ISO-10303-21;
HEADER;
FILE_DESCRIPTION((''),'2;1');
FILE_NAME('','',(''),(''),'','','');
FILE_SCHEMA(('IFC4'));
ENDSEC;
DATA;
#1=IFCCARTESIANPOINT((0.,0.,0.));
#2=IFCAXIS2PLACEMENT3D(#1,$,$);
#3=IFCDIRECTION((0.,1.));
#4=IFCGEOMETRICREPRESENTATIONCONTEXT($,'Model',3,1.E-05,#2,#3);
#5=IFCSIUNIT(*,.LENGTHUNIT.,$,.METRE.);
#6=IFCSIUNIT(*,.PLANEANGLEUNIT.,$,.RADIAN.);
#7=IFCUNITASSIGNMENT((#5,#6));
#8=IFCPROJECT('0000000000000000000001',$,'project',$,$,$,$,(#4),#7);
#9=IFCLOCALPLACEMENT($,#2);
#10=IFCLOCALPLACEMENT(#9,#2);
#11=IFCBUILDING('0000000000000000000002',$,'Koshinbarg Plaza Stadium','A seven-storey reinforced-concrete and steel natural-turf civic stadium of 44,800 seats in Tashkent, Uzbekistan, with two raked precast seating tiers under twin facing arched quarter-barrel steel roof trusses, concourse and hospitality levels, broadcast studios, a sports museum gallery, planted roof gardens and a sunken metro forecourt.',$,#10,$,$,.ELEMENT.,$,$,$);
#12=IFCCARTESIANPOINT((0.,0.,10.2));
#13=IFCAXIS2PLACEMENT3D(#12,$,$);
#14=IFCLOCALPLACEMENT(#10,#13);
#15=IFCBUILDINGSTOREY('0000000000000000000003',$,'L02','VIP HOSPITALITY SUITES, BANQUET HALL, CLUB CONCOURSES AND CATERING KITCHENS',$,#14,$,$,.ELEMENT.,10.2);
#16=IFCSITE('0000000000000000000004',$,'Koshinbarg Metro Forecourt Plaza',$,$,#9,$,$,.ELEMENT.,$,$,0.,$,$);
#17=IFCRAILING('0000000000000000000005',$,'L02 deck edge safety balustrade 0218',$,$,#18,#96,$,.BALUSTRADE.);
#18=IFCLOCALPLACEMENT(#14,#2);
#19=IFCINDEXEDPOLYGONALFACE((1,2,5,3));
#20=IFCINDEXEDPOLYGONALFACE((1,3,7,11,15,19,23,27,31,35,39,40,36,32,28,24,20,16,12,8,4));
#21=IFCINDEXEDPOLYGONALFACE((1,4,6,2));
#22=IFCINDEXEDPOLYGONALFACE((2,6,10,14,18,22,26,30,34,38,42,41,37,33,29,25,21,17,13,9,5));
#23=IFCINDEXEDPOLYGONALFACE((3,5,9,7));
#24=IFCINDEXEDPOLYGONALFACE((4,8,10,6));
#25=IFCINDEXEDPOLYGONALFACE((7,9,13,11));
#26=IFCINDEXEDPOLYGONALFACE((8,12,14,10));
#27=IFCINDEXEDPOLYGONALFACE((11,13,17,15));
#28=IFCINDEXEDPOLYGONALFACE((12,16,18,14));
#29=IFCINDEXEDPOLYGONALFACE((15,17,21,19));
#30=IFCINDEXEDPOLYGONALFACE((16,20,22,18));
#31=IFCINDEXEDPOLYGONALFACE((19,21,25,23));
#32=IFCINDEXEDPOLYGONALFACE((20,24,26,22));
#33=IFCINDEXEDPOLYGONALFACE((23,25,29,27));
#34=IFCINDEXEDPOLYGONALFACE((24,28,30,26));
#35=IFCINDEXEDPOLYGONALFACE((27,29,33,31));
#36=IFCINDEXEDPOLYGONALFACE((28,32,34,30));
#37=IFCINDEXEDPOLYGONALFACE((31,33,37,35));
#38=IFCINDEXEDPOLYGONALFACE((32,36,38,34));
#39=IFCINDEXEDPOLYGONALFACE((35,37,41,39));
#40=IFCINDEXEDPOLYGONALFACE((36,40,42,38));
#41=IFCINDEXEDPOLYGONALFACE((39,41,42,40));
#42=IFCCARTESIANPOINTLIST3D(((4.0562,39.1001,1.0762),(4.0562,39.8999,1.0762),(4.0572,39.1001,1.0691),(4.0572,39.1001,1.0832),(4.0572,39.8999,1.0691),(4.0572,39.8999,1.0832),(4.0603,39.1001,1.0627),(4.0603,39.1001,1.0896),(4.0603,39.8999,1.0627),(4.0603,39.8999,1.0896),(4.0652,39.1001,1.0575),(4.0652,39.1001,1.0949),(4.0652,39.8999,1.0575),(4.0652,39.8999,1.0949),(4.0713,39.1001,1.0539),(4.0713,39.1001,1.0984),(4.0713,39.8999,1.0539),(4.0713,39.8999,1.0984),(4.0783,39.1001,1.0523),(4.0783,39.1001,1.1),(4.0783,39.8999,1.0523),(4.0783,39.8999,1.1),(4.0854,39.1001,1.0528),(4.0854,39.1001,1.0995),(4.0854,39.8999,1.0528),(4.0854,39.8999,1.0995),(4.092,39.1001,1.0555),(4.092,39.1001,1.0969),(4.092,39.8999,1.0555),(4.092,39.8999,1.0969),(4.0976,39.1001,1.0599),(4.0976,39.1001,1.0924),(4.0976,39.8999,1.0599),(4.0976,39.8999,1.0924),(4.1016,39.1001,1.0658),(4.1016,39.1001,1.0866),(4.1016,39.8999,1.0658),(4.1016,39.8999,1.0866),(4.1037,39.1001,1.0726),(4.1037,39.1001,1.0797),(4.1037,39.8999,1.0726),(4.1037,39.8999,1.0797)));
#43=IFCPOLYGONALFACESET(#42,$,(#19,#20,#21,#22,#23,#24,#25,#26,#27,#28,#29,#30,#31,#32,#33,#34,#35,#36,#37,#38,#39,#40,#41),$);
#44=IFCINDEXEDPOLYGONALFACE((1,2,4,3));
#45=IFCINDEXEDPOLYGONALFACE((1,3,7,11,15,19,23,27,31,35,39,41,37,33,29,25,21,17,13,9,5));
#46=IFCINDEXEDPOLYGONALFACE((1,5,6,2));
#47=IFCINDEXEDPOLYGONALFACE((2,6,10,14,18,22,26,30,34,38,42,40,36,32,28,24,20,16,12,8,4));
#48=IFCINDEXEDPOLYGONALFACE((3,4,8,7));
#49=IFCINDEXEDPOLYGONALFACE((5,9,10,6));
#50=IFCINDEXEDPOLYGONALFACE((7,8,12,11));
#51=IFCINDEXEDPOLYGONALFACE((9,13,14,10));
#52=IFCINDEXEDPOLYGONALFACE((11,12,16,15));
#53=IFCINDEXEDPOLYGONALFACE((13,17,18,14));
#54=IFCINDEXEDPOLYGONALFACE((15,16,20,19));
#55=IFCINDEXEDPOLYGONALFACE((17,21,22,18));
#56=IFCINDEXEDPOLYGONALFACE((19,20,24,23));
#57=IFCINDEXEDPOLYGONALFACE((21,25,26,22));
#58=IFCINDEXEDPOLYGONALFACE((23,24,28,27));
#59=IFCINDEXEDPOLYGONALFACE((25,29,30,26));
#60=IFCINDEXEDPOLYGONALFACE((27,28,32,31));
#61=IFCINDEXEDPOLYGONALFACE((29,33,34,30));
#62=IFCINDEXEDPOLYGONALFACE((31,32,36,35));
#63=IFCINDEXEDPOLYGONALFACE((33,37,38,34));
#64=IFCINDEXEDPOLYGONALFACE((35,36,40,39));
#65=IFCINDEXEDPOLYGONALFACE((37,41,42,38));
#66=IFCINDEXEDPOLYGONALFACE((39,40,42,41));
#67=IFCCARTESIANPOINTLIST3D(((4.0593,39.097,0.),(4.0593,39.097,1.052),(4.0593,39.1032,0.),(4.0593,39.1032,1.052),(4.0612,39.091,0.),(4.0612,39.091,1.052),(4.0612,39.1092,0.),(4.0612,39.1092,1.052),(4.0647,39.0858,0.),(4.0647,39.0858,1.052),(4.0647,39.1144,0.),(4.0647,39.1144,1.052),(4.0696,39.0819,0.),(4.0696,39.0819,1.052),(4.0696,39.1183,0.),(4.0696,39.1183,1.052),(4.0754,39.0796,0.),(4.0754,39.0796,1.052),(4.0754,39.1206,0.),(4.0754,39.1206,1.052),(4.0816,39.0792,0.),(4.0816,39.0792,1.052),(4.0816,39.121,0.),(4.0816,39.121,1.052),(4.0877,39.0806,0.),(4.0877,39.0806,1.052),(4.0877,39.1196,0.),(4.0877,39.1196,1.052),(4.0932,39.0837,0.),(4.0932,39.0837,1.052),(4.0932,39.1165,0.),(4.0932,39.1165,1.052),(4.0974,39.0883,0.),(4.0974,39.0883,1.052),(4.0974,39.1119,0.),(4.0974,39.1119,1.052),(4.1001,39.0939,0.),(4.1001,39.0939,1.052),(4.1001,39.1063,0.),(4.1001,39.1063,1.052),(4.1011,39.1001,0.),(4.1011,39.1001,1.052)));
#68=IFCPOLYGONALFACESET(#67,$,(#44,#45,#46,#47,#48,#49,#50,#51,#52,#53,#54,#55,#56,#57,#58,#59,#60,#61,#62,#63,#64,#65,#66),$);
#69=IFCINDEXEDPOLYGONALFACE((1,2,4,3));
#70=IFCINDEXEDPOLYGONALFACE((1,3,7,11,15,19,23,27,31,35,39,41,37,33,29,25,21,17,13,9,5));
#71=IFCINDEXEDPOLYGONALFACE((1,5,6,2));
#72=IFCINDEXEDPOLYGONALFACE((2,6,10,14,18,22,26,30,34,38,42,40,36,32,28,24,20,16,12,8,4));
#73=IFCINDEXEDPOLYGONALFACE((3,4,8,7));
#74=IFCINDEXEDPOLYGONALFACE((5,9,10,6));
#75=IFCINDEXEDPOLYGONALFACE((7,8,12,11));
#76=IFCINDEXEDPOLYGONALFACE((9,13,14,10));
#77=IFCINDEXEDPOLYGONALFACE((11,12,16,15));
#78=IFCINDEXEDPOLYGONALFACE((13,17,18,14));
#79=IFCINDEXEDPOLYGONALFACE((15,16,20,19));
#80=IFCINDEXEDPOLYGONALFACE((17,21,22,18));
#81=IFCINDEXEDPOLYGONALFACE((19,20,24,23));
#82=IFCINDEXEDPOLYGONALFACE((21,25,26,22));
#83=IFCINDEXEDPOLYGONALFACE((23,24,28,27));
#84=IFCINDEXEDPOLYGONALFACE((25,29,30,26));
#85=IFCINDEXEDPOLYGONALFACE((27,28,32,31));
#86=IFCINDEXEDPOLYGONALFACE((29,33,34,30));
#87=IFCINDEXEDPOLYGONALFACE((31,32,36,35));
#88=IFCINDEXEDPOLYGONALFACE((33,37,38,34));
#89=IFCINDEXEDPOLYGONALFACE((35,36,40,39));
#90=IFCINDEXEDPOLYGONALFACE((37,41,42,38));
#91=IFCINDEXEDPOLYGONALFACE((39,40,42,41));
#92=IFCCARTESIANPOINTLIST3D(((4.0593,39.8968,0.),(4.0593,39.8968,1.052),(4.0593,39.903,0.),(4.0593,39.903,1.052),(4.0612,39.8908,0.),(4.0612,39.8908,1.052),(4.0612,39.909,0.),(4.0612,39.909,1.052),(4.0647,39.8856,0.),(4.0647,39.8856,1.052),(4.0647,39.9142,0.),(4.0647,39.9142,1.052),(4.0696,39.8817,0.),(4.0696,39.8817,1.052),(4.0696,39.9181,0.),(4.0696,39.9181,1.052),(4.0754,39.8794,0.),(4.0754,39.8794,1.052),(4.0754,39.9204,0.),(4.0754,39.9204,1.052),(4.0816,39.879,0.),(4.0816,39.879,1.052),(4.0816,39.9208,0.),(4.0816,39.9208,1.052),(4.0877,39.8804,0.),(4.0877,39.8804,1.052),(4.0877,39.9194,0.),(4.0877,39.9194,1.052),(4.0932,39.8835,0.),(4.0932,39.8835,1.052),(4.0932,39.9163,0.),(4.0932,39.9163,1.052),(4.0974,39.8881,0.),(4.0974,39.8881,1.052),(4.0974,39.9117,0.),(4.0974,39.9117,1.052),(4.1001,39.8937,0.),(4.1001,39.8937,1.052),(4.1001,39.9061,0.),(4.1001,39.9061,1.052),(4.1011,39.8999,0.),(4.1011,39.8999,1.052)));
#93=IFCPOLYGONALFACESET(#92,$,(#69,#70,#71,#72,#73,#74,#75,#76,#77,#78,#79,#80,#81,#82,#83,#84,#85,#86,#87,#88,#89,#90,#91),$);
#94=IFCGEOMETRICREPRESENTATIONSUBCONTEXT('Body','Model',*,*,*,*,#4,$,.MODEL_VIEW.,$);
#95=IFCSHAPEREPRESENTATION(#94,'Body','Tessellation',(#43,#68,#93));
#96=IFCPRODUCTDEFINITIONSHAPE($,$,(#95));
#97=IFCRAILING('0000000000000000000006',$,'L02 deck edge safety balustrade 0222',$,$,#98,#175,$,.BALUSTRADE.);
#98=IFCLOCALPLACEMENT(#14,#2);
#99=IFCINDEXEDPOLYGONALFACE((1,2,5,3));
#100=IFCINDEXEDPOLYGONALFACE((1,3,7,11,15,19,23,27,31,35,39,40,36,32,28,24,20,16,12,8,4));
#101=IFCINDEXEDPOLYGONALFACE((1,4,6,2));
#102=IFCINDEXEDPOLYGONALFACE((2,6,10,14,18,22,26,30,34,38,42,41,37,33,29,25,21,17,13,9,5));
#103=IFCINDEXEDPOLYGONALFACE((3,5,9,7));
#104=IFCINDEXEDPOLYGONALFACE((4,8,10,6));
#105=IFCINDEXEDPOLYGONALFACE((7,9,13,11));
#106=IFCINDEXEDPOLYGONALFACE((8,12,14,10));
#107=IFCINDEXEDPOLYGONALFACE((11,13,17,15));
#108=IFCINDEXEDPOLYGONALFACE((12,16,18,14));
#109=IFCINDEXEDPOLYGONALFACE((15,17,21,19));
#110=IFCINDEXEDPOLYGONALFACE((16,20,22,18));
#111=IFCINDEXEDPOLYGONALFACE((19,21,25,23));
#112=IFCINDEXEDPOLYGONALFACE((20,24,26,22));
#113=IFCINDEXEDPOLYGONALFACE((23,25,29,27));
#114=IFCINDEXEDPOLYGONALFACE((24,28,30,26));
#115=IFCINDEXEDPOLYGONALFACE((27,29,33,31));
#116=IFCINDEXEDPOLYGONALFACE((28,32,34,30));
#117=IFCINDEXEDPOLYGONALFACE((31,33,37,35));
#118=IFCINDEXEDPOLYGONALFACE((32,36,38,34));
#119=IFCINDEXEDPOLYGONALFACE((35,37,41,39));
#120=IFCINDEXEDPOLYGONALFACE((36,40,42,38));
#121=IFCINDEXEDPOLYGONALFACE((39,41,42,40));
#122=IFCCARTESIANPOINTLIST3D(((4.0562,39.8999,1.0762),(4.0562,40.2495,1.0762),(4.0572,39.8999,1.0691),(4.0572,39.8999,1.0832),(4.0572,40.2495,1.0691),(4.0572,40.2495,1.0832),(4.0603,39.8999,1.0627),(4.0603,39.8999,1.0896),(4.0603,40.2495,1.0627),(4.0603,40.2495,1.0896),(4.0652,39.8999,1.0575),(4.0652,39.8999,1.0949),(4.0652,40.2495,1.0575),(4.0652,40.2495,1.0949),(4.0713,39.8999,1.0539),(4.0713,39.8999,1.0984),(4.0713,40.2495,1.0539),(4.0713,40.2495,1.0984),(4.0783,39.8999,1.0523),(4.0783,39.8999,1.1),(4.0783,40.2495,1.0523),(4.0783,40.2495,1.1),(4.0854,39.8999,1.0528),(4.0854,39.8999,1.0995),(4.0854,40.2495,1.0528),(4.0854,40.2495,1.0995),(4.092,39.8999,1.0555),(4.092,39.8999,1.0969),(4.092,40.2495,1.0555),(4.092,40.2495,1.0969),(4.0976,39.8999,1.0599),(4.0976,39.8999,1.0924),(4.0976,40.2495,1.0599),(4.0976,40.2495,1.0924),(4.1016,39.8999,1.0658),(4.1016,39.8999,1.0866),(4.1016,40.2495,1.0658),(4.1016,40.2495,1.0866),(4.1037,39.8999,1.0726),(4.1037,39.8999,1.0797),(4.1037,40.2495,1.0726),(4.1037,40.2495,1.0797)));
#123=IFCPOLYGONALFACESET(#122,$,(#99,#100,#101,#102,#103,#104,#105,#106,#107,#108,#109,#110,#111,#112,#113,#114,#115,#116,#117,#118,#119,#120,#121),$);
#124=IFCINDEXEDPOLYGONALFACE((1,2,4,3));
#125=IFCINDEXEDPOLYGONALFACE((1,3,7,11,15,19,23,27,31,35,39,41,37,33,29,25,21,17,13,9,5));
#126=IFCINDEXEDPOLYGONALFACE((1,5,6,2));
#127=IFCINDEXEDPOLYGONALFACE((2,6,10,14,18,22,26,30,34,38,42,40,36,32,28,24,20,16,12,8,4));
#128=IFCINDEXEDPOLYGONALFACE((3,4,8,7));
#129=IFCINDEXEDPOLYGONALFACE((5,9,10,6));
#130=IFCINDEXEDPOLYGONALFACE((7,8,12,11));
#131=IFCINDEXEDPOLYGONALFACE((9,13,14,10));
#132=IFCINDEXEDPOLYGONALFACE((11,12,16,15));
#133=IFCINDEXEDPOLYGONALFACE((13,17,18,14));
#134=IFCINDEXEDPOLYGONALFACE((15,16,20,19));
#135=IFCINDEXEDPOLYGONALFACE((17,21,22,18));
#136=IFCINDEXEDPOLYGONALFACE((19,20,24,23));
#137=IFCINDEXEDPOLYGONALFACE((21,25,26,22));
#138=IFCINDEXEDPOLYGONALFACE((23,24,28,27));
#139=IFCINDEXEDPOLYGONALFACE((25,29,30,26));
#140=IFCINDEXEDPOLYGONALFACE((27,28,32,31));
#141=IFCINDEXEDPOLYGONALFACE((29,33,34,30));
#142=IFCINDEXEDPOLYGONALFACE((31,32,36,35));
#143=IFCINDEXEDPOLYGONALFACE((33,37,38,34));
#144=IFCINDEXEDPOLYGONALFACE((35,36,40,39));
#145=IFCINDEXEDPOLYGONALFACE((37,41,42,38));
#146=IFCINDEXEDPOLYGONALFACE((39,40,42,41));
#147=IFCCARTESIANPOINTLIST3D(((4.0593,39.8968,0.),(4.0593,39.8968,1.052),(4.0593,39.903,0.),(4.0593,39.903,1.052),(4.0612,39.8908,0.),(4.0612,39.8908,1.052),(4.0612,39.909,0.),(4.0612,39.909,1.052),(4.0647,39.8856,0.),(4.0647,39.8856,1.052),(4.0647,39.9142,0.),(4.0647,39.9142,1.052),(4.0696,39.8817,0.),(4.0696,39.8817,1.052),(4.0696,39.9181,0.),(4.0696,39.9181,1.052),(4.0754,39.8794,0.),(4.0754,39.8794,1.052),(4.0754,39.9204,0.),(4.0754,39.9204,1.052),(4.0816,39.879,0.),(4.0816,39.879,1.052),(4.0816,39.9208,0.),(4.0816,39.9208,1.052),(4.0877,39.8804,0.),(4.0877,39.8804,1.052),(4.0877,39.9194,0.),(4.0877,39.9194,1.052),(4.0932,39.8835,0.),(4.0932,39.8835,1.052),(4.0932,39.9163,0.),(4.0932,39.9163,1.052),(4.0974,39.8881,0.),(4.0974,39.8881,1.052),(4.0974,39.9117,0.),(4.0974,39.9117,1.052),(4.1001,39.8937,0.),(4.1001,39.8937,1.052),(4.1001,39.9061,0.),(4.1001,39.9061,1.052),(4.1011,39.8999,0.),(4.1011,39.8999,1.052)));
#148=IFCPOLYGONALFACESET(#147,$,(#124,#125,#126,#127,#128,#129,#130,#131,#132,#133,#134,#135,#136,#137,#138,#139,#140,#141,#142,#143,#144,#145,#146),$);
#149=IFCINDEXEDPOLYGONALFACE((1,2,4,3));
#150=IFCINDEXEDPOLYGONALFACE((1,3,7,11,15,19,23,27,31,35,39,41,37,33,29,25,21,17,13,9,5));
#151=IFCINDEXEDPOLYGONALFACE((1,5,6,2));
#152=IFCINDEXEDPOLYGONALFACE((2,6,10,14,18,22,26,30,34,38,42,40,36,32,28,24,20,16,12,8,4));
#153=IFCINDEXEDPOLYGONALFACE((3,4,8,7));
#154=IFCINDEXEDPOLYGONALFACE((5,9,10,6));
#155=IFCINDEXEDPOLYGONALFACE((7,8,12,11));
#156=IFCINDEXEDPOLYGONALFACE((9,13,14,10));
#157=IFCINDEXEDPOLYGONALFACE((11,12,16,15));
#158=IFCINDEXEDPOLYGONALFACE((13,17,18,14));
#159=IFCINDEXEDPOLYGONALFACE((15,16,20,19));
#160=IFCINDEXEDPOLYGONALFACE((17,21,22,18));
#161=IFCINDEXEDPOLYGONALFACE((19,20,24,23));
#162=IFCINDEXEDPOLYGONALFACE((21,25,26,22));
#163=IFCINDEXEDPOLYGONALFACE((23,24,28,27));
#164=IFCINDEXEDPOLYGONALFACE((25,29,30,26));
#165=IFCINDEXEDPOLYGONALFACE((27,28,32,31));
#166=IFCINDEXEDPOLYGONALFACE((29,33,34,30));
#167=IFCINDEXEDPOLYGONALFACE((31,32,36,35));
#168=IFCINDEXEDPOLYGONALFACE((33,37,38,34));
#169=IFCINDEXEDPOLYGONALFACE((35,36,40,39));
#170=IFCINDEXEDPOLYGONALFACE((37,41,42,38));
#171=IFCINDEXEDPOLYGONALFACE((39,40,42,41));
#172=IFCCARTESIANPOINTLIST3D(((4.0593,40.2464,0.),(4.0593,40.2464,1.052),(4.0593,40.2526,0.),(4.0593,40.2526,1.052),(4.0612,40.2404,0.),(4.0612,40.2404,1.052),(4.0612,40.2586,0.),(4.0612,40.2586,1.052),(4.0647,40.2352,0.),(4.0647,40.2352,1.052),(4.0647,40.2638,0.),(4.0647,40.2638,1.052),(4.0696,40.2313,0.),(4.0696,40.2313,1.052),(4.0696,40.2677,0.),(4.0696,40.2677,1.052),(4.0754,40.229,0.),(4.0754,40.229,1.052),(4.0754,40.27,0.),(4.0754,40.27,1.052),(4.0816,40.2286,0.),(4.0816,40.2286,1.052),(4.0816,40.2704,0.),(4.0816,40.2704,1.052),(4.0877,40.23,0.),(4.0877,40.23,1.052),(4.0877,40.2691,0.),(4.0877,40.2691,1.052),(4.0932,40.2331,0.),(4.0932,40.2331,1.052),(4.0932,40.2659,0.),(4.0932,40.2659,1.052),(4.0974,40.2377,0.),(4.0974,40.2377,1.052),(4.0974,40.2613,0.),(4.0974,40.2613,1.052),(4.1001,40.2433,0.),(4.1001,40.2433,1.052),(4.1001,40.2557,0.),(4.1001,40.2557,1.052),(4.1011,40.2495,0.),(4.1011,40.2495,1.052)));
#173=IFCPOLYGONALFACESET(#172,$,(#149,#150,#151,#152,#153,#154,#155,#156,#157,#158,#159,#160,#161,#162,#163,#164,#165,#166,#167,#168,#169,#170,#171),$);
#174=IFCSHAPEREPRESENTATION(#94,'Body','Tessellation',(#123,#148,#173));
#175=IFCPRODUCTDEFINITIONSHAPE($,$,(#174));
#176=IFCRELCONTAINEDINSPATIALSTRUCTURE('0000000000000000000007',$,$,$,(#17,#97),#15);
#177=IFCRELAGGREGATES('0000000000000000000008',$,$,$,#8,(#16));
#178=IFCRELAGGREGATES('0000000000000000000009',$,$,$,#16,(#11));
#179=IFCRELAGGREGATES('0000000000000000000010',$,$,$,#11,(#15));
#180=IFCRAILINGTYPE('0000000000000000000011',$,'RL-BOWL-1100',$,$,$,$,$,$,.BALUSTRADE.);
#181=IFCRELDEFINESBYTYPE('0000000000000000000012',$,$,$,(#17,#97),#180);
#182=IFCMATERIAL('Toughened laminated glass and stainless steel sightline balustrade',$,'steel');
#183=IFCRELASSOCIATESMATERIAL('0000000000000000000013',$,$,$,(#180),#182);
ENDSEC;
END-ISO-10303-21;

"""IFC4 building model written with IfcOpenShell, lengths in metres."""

from ifc_helpers import new_model, si_unit, direction, frame, origin, origin_2d, place, context, subcontext, project, spatial, circle, extrude, material, type_object, element, save


model = new_model("IFC4")

# Units and contexts
model_context = context("Model", 3, precision=1e-05, world=origin(), true_north=direction((0.0, 1.0)))
body_context = subcontext(model_context, "Body", "Model", "MODEL_VIEW")
ifc_project = project(units=[si_unit("LENGTHUNIT", "METRE"), si_unit("PLANEANGLEUNIT", "RADIAN")], contexts=[model_context])

# Site, building, storey
site_placement = place(None, origin())
site = spatial("IfcSite", under=ifc_project, at=site_placement, Name="Koshinbarg Metro Forecourt Plaza", CompositionType="ELEMENT", RefElevation=0.0)
building_placement = place(site_placement, origin())
building = spatial("IfcBuilding", under=site, at=building_placement, Name="Koshinbarg Plaza Stadium", Description="A seven-storey reinforced-concrete and steel natural-turf civic stadium of 44,800 seats in Tashkent, Uzbekistan, with two raked precast seating tiers under twin facing arched quarter-barrel steel roof trusses, concourse and hospitality levels, broadcast studios, a sports museum gallery, planted roof gardens and a sunken metro forecourt.", CompositionType="ELEMENT")
storey_placement = place(building_placement, frame((0.0, 0.0, 10.2)))
storey = spatial("IfcBuildingStorey", under=building, at=storey_placement, Name="L02", Description="VIP HOSPITALITY SUITES, BANQUET HALL, CLUB CONCOURSES AND CATERING KITCHENS", CompositionType="ELEMENT", Elevation=10.2)

# Railings
ifc_material_1 = material(Name="Toughened laminated glass and stainless steel sightline balustrade", Category="steel")
railing_type = type_object("IfcRailingType", Name="RL-BOWL-1100", PredefinedType="BALUSTRADE", material=ifc_material_1)
railing_1_placement = place(storey_placement, frame((4.0801, 39.1001, 0.0)))
element("IfcRailing", 1, at=railing_1_placement, inside=storey, type_object=railing_type, Name="L02 deck edge safety balustrade 0218", PredefinedType="BALUSTRADE", context=body_context, shape_type="SweptSolid", body=[
    extrude(circle(Radius=0.0239, at=origin_2d()), frame((0.0, 0.0, 1.0762), z_axis=(0.0, 1.0, 0.0), x_axis=(-1.0, 0.0, 0.0)), (0.0, 0.0, 1.0), 0.7998),
    extrude(circle(Radius=0.021, at=origin_2d()), origin(), (0.0, 0.0, 1.0), 1.052),
    extrude(circle(Radius=0.021, at=origin_2d()), frame((0.0, 0.7998, 0.0)), (0.0, 0.0, 1.0), 1.052),
])
railing_2_placement = place(storey_placement, frame((4.0801, 39.8999, 0.0)))
element("IfcRailing", 2, at=railing_2_placement, inside=storey, type_object=railing_type, Name="L02 deck edge safety balustrade 0222", PredefinedType="BALUSTRADE", context=body_context, shape_type="SweptSolid", body=[
    extrude(circle(Radius=0.0239, at=origin_2d()), frame((0.0, 0.0, 1.0762), z_axis=(0.0, 1.0, 0.0), x_axis=(-1.0, 0.0, 0.0)), (0.0, 0.0, 1.0), 0.3496),
    extrude(circle(Radius=0.021, at=origin_2d()), origin(), (0.0, 0.0, 1.0), 1.052),
    extrude(circle(Radius=0.021, at=origin_2d()), frame((0.0, 0.3496, 0.0)), (0.0, 0.0, 1.0), 1.052),
])

save(model, "model.ifc")
